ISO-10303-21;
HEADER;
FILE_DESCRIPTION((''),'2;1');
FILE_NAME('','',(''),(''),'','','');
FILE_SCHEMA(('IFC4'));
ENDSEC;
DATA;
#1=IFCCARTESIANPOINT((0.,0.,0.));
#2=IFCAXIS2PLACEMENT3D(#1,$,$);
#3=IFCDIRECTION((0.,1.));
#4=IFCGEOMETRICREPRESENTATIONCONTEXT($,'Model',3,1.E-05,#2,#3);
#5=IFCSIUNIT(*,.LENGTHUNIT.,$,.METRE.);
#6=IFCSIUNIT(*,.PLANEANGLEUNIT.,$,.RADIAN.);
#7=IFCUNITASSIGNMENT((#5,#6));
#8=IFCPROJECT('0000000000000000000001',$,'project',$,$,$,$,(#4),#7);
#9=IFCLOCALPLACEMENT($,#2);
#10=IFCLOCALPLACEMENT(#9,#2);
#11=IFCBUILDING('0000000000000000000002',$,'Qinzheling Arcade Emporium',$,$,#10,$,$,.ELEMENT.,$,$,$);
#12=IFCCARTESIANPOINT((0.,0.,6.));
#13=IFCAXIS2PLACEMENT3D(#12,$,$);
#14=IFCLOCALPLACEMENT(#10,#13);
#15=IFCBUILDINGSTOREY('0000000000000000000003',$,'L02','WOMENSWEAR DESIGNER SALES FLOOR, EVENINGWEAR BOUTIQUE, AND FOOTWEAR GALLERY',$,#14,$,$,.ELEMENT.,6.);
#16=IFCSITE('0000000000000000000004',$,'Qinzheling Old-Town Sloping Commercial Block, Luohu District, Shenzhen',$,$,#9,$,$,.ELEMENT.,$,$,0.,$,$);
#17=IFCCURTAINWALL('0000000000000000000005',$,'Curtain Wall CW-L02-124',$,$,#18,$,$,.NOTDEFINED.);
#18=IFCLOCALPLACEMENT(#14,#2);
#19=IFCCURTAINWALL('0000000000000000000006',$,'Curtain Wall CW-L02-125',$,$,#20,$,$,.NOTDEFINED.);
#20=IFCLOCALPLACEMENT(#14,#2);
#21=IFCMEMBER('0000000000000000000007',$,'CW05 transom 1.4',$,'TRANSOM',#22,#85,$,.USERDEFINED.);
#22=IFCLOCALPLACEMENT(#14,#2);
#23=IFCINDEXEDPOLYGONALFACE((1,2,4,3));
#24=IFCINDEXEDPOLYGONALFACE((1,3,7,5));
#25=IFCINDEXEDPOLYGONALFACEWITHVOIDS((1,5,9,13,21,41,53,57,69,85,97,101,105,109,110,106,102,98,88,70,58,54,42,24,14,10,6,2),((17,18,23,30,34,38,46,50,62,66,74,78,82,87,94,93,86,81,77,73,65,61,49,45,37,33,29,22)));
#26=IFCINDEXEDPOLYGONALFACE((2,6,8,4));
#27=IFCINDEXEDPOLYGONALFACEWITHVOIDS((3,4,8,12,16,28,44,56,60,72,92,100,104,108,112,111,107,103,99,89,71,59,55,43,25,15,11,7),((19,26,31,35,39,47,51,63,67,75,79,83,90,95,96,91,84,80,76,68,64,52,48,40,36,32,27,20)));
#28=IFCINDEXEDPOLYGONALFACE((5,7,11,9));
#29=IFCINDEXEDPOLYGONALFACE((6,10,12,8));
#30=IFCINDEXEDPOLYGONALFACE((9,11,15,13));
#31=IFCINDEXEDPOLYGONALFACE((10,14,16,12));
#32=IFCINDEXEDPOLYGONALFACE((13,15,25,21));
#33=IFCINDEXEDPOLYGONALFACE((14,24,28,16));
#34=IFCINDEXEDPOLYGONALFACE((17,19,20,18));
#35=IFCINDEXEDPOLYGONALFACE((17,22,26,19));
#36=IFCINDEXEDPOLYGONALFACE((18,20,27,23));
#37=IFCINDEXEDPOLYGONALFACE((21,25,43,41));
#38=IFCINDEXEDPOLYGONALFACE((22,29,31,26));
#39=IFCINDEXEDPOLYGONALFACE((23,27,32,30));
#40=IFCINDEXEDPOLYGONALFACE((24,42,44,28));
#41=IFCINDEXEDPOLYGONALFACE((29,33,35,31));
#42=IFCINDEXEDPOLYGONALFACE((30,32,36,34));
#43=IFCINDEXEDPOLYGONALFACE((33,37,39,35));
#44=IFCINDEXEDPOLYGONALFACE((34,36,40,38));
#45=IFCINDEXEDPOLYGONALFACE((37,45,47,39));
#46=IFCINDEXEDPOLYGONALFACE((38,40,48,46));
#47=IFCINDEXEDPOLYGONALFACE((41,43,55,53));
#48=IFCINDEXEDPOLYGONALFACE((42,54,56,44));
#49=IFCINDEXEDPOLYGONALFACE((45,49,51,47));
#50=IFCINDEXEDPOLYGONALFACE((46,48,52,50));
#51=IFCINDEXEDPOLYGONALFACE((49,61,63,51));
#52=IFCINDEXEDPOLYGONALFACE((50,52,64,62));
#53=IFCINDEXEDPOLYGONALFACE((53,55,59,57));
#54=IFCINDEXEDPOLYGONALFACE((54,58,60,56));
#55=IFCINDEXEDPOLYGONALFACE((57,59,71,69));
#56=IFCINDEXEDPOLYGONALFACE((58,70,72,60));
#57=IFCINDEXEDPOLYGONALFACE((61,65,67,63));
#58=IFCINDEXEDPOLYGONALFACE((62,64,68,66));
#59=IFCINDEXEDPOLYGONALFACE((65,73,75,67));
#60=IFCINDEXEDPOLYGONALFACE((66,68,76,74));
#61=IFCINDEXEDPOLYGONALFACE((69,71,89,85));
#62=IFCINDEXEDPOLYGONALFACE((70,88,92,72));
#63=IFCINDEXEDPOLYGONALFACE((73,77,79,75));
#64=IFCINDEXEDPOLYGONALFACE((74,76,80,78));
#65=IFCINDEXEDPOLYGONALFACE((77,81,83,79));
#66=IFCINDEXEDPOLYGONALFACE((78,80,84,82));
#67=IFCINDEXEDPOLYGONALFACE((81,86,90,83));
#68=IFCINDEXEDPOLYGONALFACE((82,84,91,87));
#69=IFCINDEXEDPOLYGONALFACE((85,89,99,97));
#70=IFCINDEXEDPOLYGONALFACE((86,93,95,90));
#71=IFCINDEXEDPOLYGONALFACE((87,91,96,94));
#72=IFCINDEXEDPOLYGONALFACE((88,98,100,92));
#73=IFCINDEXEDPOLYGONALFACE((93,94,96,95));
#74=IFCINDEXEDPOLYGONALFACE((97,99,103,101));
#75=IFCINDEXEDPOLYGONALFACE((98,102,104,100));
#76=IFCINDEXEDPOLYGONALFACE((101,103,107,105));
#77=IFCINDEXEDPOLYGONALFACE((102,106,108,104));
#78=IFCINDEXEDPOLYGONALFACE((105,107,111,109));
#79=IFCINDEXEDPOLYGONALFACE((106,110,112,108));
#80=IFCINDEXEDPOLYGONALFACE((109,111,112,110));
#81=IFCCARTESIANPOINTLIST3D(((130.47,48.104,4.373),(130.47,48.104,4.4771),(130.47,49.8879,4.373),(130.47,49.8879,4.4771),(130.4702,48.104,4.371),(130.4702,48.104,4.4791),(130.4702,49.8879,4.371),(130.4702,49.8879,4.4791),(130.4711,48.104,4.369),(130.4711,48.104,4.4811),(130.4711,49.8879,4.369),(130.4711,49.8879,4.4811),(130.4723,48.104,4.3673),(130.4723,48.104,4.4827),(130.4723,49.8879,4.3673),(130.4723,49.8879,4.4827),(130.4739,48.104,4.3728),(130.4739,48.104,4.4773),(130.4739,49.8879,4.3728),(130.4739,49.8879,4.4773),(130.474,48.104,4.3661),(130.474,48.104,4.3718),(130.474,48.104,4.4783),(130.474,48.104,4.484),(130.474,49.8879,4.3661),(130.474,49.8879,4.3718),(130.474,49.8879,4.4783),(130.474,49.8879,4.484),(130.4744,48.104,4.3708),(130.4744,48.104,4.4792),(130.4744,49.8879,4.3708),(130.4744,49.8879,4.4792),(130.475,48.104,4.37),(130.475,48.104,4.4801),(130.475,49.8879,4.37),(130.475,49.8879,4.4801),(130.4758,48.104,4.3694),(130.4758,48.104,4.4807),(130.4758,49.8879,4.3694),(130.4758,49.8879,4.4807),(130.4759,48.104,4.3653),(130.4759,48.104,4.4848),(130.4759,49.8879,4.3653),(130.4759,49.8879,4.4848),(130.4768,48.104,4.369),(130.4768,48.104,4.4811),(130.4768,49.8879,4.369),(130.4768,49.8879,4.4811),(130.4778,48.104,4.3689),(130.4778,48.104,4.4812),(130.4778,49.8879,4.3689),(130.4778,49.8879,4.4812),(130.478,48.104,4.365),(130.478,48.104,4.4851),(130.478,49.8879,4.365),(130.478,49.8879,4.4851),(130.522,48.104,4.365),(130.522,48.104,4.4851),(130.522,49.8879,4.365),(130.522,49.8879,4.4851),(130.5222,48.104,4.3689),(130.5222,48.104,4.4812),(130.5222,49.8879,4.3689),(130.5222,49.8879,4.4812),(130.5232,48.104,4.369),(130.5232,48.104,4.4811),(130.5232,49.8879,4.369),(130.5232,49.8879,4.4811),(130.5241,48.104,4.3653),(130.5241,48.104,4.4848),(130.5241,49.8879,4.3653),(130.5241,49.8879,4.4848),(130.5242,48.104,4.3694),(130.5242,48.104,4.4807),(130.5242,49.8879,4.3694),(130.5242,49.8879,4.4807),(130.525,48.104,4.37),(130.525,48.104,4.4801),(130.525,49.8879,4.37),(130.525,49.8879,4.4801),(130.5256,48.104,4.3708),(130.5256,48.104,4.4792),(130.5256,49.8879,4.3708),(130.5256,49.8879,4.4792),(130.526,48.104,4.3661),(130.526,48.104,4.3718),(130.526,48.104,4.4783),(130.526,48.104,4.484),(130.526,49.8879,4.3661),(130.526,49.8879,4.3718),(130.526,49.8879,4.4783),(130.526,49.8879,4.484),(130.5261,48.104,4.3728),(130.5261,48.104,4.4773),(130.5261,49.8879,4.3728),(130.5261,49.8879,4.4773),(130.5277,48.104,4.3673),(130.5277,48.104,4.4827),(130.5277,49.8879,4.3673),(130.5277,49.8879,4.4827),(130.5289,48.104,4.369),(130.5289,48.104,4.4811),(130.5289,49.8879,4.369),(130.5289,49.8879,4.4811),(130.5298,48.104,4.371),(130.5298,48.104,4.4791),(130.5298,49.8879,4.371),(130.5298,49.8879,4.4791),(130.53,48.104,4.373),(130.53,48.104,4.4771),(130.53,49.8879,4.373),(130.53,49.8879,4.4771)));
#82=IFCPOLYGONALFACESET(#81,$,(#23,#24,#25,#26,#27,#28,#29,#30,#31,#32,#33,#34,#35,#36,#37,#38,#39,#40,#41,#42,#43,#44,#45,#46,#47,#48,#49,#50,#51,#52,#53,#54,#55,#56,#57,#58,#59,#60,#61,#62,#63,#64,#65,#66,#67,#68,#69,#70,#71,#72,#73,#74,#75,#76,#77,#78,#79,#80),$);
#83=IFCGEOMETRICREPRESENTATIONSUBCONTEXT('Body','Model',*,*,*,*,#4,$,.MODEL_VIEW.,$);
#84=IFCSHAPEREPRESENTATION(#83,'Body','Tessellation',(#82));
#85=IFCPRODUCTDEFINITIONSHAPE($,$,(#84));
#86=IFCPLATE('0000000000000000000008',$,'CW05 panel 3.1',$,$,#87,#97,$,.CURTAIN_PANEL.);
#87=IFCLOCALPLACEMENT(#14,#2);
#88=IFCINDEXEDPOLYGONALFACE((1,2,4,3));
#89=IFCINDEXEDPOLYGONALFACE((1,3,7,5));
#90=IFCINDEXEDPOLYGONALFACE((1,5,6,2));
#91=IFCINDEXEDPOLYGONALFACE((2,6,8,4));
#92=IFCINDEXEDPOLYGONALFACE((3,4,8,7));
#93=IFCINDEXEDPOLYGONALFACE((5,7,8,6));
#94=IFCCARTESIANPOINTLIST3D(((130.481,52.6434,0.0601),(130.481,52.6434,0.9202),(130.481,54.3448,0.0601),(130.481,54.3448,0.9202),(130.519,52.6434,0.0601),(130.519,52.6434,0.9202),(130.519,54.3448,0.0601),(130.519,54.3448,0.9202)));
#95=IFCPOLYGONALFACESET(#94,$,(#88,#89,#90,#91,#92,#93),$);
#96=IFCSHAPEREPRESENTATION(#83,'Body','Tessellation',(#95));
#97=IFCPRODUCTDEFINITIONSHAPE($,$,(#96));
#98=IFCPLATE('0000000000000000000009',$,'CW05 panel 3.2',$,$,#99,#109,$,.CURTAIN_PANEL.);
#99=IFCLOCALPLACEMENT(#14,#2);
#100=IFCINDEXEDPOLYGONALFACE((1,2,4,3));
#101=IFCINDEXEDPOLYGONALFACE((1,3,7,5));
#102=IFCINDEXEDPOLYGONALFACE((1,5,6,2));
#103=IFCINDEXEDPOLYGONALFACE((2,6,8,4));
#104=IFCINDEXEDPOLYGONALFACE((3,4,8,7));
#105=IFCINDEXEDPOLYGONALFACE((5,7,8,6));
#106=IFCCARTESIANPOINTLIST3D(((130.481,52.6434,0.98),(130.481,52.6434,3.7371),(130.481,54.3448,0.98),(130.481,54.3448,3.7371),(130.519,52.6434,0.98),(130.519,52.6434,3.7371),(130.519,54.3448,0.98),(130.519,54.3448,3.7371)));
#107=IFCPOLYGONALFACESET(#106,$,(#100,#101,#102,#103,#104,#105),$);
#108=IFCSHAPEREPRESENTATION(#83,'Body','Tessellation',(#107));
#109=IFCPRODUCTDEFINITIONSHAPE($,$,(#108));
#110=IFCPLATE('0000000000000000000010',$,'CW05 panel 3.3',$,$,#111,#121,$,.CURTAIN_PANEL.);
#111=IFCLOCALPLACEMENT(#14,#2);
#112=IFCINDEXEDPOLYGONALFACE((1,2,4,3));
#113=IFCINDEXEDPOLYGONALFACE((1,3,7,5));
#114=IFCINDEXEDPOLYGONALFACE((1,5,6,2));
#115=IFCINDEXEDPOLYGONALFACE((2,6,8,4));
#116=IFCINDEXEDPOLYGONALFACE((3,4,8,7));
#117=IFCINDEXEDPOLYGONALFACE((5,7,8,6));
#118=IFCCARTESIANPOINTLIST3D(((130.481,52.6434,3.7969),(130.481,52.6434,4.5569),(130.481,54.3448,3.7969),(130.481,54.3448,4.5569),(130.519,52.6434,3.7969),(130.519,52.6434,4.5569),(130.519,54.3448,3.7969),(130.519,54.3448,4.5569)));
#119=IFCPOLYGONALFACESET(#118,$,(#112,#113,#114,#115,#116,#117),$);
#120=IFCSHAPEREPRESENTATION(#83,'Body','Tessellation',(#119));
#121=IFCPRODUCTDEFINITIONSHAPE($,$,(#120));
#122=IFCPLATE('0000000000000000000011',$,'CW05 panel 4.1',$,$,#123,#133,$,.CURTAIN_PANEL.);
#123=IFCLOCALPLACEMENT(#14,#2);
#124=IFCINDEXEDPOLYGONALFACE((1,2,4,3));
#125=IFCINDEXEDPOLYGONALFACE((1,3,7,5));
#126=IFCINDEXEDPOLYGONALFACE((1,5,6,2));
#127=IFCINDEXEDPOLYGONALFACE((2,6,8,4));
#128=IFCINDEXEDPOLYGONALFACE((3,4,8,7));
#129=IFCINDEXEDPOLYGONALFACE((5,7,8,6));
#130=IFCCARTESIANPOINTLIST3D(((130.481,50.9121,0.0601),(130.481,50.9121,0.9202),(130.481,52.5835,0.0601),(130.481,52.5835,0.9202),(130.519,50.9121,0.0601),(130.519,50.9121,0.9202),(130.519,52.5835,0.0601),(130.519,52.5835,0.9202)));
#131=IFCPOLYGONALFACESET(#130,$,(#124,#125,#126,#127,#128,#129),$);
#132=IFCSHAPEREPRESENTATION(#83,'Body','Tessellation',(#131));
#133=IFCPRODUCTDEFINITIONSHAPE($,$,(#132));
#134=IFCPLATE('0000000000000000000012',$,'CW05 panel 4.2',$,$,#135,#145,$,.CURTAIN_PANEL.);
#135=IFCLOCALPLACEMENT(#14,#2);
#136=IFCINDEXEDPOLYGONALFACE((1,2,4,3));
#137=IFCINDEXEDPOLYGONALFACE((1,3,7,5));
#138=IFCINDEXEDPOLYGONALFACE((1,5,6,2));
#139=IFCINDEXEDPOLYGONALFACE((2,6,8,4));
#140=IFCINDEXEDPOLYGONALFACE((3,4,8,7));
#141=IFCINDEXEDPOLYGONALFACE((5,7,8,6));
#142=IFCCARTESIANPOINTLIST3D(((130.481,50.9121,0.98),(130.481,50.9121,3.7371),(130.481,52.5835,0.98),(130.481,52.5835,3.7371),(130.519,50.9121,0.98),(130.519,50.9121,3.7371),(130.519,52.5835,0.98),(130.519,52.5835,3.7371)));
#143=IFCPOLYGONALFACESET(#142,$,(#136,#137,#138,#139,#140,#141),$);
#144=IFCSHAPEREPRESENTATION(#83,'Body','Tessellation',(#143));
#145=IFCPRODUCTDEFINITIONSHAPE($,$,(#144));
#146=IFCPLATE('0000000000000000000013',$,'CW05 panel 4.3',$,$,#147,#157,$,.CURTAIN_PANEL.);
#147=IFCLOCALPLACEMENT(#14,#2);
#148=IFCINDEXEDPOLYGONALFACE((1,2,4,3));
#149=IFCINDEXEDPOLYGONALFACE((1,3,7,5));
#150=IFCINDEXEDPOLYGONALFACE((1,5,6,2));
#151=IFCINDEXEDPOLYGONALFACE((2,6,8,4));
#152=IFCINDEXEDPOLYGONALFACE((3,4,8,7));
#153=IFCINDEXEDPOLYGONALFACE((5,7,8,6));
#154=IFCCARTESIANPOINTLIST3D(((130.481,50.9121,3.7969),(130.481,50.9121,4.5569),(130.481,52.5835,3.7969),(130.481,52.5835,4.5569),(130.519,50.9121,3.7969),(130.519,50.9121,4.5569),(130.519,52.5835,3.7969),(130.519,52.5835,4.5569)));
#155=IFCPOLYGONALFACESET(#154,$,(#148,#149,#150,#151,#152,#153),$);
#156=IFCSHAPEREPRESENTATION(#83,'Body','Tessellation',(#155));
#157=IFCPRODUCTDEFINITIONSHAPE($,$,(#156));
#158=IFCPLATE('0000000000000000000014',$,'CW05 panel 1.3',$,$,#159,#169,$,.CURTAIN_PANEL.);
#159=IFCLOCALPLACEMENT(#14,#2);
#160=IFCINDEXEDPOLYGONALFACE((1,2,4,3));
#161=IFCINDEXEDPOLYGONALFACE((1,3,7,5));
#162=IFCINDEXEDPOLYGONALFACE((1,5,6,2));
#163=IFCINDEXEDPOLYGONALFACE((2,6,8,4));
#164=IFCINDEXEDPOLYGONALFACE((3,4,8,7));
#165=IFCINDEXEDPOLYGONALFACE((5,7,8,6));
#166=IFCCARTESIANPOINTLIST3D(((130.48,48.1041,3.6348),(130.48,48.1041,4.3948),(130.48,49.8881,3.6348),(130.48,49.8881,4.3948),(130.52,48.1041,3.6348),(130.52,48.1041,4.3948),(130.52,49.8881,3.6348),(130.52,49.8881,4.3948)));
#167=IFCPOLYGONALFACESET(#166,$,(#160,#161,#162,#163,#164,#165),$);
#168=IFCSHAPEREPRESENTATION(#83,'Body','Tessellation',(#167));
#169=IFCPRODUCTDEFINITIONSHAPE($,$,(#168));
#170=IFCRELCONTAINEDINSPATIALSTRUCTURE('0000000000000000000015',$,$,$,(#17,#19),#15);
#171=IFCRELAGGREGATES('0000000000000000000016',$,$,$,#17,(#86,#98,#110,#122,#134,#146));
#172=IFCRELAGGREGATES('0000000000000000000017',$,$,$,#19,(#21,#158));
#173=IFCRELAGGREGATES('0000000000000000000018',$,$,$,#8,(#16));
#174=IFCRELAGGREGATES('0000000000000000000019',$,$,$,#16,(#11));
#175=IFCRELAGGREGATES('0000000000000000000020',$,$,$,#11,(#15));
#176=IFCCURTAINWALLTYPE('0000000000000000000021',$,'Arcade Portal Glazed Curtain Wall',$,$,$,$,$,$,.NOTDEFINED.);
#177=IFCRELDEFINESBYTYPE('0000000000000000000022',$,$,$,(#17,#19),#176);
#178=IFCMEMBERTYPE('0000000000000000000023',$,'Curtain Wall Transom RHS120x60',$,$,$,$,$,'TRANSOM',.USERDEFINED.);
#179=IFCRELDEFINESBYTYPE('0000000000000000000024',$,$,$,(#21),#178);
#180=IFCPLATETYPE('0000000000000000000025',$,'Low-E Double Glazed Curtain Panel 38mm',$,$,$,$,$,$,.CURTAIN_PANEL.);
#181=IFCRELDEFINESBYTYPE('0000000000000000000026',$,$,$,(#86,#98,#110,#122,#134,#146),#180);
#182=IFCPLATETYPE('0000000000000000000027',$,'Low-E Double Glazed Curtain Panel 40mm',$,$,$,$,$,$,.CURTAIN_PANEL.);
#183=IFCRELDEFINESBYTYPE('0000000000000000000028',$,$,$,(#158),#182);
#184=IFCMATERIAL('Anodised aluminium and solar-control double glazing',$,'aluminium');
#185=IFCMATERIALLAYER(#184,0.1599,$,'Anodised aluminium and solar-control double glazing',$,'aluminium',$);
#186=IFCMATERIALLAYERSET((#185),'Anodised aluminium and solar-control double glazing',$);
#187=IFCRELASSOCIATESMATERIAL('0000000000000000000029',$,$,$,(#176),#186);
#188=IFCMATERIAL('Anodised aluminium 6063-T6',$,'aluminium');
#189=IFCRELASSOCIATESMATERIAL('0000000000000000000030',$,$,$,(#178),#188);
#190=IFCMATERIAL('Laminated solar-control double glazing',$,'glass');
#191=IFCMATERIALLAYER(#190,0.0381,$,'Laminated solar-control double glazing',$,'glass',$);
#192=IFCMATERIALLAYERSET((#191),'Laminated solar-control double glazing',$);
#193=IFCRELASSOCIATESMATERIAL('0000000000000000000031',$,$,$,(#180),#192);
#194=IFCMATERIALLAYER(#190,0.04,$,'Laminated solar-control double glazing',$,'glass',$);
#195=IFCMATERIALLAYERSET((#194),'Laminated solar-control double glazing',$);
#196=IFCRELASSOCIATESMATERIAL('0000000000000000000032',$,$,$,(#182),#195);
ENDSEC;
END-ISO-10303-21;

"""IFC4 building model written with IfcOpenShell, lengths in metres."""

from ifc_helpers import new_model, si_unit, direction, frame, origin, origin_2d, place, context, subcontext, project, spatial, rectangle, hollow_rectangle, extrude, material, layer, layer_set, material_profile, profile_set, type_object, element, aggregate, save


model = new_model("IFC4")

# Units and contexts
model_context = context("Model", 3, precision=1e-05, world=origin(), true_north=direction((0.0, 1.0)))
body_context = subcontext(model_context, "Body", "Model", "MODEL_VIEW")
ifc_project = project(units=[si_unit("LENGTHUNIT", "METRE"), si_unit("PLANEANGLEUNIT", "RADIAN")], contexts=[model_context])

# Site, building, storey
site_placement = place(None, origin())
site = spatial("IfcSite", under=ifc_project, at=site_placement, Name="Qinzheling Old-Town Sloping Commercial Block, Luohu District, Shenzhen", CompositionType="ELEMENT", RefElevation=0.0)
building_placement = place(site_placement, origin())
building = spatial("IfcBuilding", under=site, at=building_placement, Name="Qinzheling Arcade Emporium", CompositionType="ELEMENT")
storey_placement = place(building_placement, frame((0.0, 0.0, 6.0)))
storey = spatial("IfcBuildingStorey", under=building, at=storey_placement, Name="L02", Description="WOMENSWEAR DESIGNER SALES FLOOR, EVENINGWEAR BOUTIQUE, AND FOOTWEAR GALLERY", CompositionType="ELEMENT", Elevation=6.0)

# Curtain wall
ifc_material_1 = material(Name="Anodised aluminium and solar-control double glazing", Category="aluminium")
ifc_layer_1 = layer(ifc_material_1, 0.1599, Name="Anodised aluminium and solar-control double glazing", Category="aluminium")
ifc_layer_set_1 = layer_set([ifc_layer_1], Name="Anodised aluminium and solar-control double glazing")
curtain_wall_type = type_object("IfcCurtainWallType", Name="Arcade Portal Glazed Curtain Wall", PredefinedType="NOTDEFINED", material=ifc_layer_set_1)
curtain_wall_1_placement = place(storey_placement, origin())
curtain_wall_1 = element("IfcCurtainWall", 1, at=curtain_wall_1_placement, inside=storey, type_object=curtain_wall_type, Name="Curtain Wall CW-L02-124", PredefinedType="NOTDEFINED")
ifc_material_2 = material(Name="Anodised aluminium 6063-T6", Category="aluminium")

# Curtain wall
curtain_wall_2_placement = place(storey_placement, origin())
curtain_wall_2 = element("IfcCurtainWall", 2, at=curtain_wall_2_placement, inside=storey, type_object=curtain_wall_type, Name="Curtain Wall CW-L02-125", PredefinedType="NOTDEFINED")

# Member
ifc_material_profile_1 = material_profile(ifc_material_2, hollow_rectangle(XDim=0.0601, YDim=0.1201, WallThickness=0.0039, InnerFilletRadius=0.0039, OuterFilletRadius=0.0081, at=origin_2d()), Name="RHS 120x60x4", Category="aluminium")
ifc_profile_set_1 = profile_set([ifc_material_profile_1], Name="Anodised aluminium 6063-T6")
member_type_1 = type_object("IfcMemberType", Name="Curtain Wall Transom RHS120x60", ElementType="TRANSOM", PredefinedType="USERDEFINED", material=ifc_profile_set_1)
member_1_placement = place(storey_placement, frame((130.5, 49.8879, 4.425), z_axis=(0.0, -1.0, 0.0), x_axis=(1.0, 0.0, 0.0)))
member_1 = element("IfcMember", 3, at=member_1_placement, type_object=member_type_1, Name="CW05 transom 1.4", ObjectType="TRANSOM", PredefinedType="USERDEFINED", context=body_context, shape_type="SweptSolid", body=[
    extrude(hollow_rectangle(XDim=0.0601, YDim=0.1201, WallThickness=0.0039, InnerFilletRadius=0.0039, OuterFilletRadius=0.0081, at=origin_2d()), origin(), (0.0, 0.0, 1.0), 1.7839),
])

# Plates
ifc_material_3 = material(Name="Laminated solar-control double glazing", Category="glass")
ifc_layer_2 = layer(ifc_material_3, 0.0381, Name="Laminated solar-control double glazing", Category="glass")
ifc_layer_set_2 = layer_set([ifc_layer_2], Name="Laminated solar-control double glazing")
plate_type_1 = type_object("IfcPlateType", Name="Low-E Double Glazed Curtain Panel 38mm", PredefinedType="CURTAIN_PANEL", material=ifc_layer_set_2)
plate_1_placement = place(storey_placement, frame((130.5, 53.4941, 0.0601), z_axis=(0.0, 0.0, 1.0), x_axis=(0.0, -1.0, 0.0)))
plate_1 = element("IfcPlate", 4, at=plate_1_placement, type_object=plate_type_1, Name="CW05 panel 3.1", PredefinedType="CURTAIN_PANEL", context=body_context, shape_type="SweptSolid", body=[
    extrude(rectangle(XDim=1.7014, YDim=0.0381, at=origin_2d()), origin(), (0.0, 0.0, 1.0), 0.8601),
])
plate_2_placement = place(storey_placement, frame((130.5, 53.4941, 0.98), z_axis=(0.0, 0.0, 1.0), x_axis=(0.0, -1.0, 0.0)))
plate_2 = element("IfcPlate", 5, at=plate_2_placement, type_object=plate_type_1, Name="CW05 panel 3.2", PredefinedType="CURTAIN_PANEL", context=body_context, shape_type="SweptSolid", body=[
    extrude(rectangle(XDim=1.7014, YDim=0.0381, at=origin_2d()), origin(), (0.0, 0.0, 1.0), 2.7571),
])
plate_3_placement = place(storey_placement, frame((130.5, 53.4941, 3.7969), z_axis=(0.0, 0.0, 1.0), x_axis=(0.0, -1.0, 0.0)))
plate_3 = element("IfcPlate", 6, at=plate_3_placement, type_object=plate_type_1, Name="CW05 panel 3.3", PredefinedType="CURTAIN_PANEL", context=body_context, shape_type="SweptSolid", body=[
    extrude(rectangle(XDim=1.7014, YDim=0.0381, at=origin_2d()), origin(), (0.0, 0.0, 1.0), 0.76),
])
plate_4_placement = place(storey_placement, frame((130.5, 51.7478, 0.0601), z_axis=(0.0, 0.0, 1.0), x_axis=(0.0, -1.0, 0.0)))
plate_4 = element("IfcPlate", 7, at=plate_4_placement, type_object=plate_type_1, Name="CW05 panel 4.1", PredefinedType="CURTAIN_PANEL", context=body_context, shape_type="SweptSolid", body=[
    extrude(rectangle(XDim=1.6714, YDim=0.0381, at=origin_2d()), origin(), (0.0, 0.0, 1.0), 0.8601),
])
plate_5_placement = place(storey_placement, frame((130.5, 51.7478, 0.98), z_axis=(0.0, 0.0, 1.0), x_axis=(0.0, -1.0, 0.0)))
plate_5 = element("IfcPlate", 8, at=plate_5_placement, type_object=plate_type_1, Name="CW05 panel 4.2", PredefinedType="CURTAIN_PANEL", context=body_context, shape_type="SweptSolid", body=[
    extrude(rectangle(XDim=1.6714, YDim=0.0381, at=origin_2d()), origin(), (0.0, 0.0, 1.0), 2.7571),
])
plate_6_placement = place(storey_placement, frame((130.5, 51.7478, 3.7969), z_axis=(0.0, 0.0, 1.0), x_axis=(0.0, -1.0, 0.0)))
plate_6 = element("IfcPlate", 9, at=plate_6_placement, type_object=plate_type_1, Name="CW05 panel 4.3", PredefinedType="CURTAIN_PANEL", context=body_context, shape_type="SweptSolid", body=[
    extrude(rectangle(XDim=1.6714, YDim=0.0381, at=origin_2d()), origin(), (0.0, 0.0, 1.0), 0.76),
])
aggregate(curtain_wall_1, [plate_1, plate_2, plate_3, plate_4, plate_5, plate_6])
ifc_layer_3 = layer(ifc_material_3, 0.04, Name="Laminated solar-control double glazing", Category="glass")
ifc_layer_set_3 = layer_set([ifc_layer_3], Name="Laminated solar-control double glazing")
plate_type_2 = type_object("IfcPlateType", Name="Low-E Double Glazed Curtain Panel 40mm", PredefinedType="CURTAIN_PANEL", material=ifc_layer_set_3)
plate_7_placement = place(storey_placement, frame((130.5, 48.9961, 3.6348), z_axis=(0.0, 0.0, 1.0), x_axis=(0.0, -1.0, 0.0)))
plate_7 = element("IfcPlate", 10, at=plate_7_placement, type_object=plate_type_2, Name="CW05 panel 1.3", PredefinedType="CURTAIN_PANEL", context=body_context, shape_type="SweptSolid", body=[
    extrude(rectangle(XDim=1.7839, YDim=0.04, at=origin_2d()), origin(), (0.0, 0.0, 1.0), 0.76),
])
aggregate(curtain_wall_2, [member_1, plate_7])

save(model, "model.ifc")
